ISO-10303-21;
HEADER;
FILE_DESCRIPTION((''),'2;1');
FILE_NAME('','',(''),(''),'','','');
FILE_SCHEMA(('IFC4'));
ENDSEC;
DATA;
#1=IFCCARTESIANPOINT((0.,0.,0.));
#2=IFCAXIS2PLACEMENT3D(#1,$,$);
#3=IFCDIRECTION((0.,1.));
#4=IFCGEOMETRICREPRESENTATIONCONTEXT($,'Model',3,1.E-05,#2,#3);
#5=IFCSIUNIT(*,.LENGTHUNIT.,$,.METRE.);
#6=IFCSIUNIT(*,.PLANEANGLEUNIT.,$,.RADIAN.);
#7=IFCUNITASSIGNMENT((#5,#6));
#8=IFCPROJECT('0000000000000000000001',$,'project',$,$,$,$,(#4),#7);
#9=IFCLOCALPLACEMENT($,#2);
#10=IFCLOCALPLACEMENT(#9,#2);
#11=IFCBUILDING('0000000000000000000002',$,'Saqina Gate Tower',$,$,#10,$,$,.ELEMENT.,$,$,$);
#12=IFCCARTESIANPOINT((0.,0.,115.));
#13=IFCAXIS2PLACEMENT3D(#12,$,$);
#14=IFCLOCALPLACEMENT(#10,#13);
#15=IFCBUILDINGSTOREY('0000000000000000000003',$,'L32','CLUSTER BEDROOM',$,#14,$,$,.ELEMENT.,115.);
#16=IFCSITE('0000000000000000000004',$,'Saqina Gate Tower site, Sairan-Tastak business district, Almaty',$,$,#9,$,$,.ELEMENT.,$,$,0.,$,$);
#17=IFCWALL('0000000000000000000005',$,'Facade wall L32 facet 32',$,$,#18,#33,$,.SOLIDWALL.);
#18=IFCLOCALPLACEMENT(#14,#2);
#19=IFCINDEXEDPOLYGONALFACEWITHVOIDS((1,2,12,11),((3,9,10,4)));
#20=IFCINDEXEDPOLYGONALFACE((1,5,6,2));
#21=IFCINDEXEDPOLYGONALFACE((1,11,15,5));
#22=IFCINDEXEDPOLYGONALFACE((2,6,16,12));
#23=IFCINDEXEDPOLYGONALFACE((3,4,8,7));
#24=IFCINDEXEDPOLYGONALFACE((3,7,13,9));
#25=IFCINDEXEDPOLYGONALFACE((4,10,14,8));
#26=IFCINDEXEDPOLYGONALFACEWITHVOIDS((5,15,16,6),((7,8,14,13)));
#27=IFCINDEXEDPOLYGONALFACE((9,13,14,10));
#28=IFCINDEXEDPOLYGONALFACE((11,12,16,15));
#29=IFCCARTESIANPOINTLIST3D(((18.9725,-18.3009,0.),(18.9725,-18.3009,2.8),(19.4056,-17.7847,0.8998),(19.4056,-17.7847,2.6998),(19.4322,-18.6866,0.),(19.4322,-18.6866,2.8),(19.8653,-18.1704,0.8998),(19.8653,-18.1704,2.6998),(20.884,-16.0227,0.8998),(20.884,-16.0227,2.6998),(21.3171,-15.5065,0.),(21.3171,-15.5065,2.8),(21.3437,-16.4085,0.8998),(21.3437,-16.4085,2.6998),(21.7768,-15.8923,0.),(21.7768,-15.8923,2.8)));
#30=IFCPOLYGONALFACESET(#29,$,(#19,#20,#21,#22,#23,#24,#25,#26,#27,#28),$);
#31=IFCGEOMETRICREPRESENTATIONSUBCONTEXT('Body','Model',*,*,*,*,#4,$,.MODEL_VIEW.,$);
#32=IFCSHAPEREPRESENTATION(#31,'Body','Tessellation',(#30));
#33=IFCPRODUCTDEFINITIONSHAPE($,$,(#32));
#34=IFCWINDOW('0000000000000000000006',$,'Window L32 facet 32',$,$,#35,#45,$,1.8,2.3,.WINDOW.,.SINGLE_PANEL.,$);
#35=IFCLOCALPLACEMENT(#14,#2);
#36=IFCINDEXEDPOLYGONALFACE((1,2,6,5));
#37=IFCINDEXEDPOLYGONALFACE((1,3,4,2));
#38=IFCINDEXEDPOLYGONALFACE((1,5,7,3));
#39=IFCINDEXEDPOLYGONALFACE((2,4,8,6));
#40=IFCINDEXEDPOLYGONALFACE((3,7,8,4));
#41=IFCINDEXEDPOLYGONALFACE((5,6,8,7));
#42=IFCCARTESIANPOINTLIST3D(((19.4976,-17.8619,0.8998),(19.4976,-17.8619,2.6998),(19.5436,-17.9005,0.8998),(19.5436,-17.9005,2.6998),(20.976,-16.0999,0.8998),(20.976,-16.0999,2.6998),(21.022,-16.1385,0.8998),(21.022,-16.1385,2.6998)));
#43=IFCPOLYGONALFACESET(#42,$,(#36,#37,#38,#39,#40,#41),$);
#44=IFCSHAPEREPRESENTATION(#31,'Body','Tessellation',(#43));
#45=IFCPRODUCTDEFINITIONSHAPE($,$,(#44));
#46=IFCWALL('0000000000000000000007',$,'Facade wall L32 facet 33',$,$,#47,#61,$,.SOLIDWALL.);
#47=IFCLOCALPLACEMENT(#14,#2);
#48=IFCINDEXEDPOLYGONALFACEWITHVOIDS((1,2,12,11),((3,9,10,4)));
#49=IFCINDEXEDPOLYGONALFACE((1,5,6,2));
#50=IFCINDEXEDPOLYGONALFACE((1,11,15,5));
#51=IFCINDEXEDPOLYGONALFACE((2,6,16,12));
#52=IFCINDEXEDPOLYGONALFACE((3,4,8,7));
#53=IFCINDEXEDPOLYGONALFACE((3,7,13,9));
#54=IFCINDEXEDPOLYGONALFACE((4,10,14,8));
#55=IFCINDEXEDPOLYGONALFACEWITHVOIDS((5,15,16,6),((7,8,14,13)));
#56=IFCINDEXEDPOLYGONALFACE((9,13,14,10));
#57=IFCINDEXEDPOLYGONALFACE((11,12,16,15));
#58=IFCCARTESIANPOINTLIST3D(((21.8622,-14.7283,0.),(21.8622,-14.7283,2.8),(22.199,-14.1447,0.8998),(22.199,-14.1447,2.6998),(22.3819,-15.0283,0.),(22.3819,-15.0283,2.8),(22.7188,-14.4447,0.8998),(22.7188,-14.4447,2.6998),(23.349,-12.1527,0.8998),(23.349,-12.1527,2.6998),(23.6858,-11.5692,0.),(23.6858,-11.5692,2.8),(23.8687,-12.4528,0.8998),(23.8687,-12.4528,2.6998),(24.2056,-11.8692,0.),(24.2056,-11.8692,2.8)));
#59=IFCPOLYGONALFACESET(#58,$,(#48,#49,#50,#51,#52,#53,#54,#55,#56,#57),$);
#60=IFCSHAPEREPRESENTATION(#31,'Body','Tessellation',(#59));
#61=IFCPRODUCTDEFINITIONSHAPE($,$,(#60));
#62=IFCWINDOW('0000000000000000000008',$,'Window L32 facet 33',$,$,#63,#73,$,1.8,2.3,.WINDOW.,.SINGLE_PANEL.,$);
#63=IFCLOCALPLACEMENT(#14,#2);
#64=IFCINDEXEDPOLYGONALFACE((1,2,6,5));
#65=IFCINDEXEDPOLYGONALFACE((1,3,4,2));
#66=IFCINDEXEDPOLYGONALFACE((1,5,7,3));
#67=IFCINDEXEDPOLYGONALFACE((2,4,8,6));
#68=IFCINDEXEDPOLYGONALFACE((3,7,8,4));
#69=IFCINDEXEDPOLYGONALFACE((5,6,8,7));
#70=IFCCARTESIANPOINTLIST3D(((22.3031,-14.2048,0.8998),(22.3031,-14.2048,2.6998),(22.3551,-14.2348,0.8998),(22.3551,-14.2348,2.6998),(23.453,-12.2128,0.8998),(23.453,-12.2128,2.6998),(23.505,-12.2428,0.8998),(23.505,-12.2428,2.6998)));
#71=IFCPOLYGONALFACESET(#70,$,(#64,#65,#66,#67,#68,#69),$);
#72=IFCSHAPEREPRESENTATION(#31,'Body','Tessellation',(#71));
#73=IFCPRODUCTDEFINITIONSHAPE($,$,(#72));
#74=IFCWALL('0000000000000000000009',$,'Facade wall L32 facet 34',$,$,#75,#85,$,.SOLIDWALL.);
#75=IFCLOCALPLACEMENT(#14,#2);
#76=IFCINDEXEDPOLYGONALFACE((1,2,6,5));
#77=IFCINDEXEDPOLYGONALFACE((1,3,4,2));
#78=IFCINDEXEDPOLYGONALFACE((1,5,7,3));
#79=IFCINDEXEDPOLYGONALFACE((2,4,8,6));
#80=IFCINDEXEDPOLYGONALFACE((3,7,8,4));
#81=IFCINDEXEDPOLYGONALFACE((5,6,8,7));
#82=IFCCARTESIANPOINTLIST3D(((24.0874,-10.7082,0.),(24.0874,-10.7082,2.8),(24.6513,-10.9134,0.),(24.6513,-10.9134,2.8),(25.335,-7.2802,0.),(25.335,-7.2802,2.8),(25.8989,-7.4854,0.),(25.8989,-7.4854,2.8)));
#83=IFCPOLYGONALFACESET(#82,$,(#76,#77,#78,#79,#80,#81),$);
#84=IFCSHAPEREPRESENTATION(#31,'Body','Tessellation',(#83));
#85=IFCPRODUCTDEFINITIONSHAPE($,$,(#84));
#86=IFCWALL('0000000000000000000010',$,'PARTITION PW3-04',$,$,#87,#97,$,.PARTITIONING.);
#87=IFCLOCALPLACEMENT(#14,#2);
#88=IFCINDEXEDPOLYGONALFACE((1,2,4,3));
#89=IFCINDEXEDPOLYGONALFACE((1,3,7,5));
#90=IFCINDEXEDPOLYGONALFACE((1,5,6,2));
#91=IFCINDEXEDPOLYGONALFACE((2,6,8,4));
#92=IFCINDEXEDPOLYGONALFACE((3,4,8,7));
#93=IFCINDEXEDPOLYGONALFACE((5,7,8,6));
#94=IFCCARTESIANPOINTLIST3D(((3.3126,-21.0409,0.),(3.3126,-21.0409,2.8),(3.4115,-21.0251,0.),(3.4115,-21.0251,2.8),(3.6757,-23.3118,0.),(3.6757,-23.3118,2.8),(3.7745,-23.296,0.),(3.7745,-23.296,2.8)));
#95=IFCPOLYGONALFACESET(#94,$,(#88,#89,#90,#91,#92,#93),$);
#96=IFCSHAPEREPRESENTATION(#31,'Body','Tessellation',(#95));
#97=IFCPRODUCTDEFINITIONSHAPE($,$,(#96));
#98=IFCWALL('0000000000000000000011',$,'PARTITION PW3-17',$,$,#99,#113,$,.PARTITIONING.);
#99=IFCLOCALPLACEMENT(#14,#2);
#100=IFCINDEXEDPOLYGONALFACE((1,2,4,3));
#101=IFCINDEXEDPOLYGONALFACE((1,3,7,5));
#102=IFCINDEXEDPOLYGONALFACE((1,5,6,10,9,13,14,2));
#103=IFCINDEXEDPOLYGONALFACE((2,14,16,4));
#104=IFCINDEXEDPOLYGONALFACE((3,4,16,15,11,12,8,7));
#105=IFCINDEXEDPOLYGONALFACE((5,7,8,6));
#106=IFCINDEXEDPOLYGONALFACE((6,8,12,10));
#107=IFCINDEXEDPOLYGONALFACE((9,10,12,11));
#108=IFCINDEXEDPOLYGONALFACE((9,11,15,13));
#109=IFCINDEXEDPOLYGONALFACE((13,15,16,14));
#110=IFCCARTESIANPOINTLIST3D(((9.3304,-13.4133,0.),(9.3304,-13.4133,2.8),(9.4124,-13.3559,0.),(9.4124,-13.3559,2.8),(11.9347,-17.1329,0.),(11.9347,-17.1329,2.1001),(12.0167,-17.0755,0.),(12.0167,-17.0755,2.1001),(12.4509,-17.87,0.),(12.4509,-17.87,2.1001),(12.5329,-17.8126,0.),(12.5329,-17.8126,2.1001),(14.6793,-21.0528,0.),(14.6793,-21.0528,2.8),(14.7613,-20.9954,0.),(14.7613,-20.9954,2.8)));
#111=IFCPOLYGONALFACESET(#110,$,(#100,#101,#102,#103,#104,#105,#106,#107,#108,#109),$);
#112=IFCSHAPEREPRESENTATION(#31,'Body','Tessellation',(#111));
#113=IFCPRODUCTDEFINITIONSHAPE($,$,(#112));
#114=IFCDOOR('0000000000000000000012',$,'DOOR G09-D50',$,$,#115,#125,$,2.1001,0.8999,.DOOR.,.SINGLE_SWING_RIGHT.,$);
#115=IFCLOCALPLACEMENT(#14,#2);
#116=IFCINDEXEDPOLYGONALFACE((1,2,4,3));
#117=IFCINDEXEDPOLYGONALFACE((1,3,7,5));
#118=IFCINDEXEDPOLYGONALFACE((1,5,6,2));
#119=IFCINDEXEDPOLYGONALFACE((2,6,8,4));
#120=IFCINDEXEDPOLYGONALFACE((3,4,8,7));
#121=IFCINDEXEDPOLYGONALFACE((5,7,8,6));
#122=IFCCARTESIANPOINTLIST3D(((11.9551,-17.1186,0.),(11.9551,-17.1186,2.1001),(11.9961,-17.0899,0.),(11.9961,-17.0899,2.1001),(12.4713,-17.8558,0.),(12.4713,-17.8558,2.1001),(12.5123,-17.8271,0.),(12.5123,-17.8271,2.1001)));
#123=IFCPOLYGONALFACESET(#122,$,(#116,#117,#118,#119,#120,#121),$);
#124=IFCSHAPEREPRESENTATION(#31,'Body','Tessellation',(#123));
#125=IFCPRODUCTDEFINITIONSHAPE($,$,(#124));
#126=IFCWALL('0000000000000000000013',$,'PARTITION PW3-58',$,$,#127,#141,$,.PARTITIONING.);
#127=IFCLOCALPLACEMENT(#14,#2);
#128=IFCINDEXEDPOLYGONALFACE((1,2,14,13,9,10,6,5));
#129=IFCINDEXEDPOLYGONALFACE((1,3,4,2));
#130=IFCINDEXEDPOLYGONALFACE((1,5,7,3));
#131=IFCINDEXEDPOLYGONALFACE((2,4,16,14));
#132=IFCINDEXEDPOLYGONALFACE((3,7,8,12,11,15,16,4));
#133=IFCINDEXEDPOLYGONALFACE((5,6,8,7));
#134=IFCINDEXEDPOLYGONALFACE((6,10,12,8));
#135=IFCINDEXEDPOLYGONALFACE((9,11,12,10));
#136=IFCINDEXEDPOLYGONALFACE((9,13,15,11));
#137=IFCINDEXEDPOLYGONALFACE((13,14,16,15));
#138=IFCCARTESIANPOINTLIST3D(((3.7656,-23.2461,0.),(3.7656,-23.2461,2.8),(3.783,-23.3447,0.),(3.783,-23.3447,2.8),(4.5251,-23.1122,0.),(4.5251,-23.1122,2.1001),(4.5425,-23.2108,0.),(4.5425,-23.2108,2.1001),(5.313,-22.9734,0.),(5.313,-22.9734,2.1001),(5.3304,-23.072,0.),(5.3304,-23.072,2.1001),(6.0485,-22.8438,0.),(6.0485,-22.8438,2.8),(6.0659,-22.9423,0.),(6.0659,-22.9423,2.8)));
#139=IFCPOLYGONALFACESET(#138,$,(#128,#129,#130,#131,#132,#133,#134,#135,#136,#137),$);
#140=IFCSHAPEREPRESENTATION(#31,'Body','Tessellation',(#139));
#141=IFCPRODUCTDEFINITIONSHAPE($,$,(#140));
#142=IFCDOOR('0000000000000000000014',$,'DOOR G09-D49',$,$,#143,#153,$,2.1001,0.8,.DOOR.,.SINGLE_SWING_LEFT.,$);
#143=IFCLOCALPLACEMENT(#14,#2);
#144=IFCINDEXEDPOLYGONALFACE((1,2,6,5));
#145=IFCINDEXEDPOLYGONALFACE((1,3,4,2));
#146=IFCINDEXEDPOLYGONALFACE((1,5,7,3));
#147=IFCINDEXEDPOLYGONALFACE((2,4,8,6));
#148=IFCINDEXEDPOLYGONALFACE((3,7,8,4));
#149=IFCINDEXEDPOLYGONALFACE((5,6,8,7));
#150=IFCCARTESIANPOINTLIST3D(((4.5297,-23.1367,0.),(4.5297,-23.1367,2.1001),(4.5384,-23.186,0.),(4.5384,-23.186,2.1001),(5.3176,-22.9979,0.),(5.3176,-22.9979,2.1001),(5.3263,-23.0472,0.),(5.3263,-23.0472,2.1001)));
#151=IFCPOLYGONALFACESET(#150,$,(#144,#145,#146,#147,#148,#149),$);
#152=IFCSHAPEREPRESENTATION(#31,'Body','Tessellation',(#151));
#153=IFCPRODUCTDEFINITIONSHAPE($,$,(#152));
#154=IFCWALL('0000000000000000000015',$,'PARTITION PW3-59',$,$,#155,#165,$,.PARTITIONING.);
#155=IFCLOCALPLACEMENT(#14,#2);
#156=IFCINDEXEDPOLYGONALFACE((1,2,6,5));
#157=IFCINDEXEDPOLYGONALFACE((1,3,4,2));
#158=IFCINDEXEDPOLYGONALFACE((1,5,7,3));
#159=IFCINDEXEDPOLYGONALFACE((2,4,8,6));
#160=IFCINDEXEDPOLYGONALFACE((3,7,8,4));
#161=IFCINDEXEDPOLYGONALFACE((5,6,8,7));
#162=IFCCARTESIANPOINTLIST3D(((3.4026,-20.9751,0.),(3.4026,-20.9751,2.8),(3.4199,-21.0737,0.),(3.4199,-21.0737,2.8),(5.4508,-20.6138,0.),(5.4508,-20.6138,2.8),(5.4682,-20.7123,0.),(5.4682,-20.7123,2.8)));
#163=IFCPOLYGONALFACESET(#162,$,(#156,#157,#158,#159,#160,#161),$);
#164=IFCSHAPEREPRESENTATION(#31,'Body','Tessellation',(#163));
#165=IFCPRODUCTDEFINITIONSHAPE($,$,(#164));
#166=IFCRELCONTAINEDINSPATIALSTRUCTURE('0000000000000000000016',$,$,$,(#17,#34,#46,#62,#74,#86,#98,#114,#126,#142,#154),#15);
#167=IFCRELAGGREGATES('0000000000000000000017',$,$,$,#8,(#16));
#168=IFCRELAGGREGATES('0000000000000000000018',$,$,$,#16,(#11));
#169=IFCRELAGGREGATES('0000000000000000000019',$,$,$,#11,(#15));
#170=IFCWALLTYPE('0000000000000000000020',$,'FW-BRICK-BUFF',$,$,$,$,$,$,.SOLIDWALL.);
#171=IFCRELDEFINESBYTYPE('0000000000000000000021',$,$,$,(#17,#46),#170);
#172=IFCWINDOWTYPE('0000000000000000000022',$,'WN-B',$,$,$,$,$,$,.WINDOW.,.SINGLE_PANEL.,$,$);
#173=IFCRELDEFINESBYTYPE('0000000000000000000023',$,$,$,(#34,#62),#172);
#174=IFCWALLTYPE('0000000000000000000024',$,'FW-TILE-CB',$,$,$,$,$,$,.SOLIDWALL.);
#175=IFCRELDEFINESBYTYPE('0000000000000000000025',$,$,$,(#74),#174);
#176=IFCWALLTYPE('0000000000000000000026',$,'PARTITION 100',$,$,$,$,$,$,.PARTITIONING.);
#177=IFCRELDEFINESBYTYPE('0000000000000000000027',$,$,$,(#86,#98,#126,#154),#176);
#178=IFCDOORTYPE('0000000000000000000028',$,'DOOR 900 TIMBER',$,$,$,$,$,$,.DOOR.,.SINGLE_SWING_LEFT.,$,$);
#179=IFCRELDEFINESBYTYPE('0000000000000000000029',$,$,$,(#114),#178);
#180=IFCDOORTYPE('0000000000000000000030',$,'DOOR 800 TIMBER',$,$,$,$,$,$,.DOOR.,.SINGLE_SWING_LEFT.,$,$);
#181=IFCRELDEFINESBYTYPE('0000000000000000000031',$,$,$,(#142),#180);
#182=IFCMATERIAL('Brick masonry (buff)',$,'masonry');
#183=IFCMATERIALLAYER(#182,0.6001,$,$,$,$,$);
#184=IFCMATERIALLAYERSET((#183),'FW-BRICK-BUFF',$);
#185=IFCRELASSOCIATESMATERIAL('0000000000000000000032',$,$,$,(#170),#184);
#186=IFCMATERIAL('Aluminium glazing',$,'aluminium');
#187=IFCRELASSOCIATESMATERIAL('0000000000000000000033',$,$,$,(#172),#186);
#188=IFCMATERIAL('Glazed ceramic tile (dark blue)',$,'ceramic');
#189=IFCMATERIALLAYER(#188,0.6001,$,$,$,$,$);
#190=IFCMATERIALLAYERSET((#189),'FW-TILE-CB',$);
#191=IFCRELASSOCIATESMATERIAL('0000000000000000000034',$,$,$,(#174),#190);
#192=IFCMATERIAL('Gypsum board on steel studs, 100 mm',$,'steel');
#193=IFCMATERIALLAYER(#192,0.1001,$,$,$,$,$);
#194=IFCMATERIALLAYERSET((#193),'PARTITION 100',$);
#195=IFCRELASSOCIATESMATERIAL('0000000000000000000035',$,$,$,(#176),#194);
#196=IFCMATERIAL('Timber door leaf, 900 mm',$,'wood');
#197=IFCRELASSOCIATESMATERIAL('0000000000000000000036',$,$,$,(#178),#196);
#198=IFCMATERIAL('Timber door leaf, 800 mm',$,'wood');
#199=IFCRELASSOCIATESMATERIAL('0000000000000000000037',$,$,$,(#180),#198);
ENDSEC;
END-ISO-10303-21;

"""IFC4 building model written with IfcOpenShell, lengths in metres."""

from ifc_helpers import new_model, si_unit, direction, frame, frame_2d, origin, place, context, subcontext, project, spatial, rectangle, extrude, material, layer, layer_set, type_object, element, fill, save


model = new_model("IFC4")

# Units and contexts
model_context = context("Model", 3, precision=1e-05, world=origin(), true_north=direction((0.0, 1.0)))
body_context = subcontext(model_context, "Body", "Model", "MODEL_VIEW")
ifc_project = project(units=[si_unit("LENGTHUNIT", "METRE"), si_unit("PLANEANGLEUNIT", "RADIAN")], contexts=[model_context])

# Site, building, storey
site_placement = place(None, origin())
site = spatial("IfcSite", under=ifc_project, at=site_placement, Name="Saqina Gate Tower site, Sairan-Tastak business district, Almaty", CompositionType="ELEMENT", RefElevation=0.0)
building_placement = place(site_placement, origin())
building = spatial("IfcBuilding", under=site, at=building_placement, Name="Saqina Gate Tower", CompositionType="ELEMENT")
storey_placement = place(building_placement, frame((0.0, 0.0, 115.0)))
storey = spatial("IfcBuildingStorey", under=building, at=storey_placement, Name="L32", Description="CLUSTER BEDROOM", CompositionType="ELEMENT", Elevation=115.0)

# Walls, openings, windows
ifc_material_1 = material(Name="Brick masonry (buff)", Category="masonry")
ifc_layer_1 = layer(ifc_material_1, 0.6001)
ifc_layer_set_1 = layer_set([ifc_layer_1], Name="FW-BRICK-BUFF")
wall_type_1 = type_object("IfcWallType", Name="FW-BRICK-BUFF", PredefinedType="SOLIDWALL", material=ifc_layer_set_1)
ifc_material_2 = material(Name="Aluminium glazing", Category="aluminium")
window_type = type_object("IfcWindowType", Name="WN-B", PartitioningType="SINGLE_PANEL", PredefinedType="WINDOW", material=ifc_material_2)
wall_1_placement = place(storey_placement, frame((19.2024, -18.4937, 0.0), z_axis=(0.0, 0.0, 1.0), x_axis=(0.642774, 0.766055, 0.0)))
wall_1 = element("IfcWall", 1, at=wall_1_placement, inside=storey, type_object=wall_type_1, Name="Facade wall L32 facet 32", PredefinedType="SOLIDWALL", context=body_context, shape_type="SweptSolid", body=[
    extrude(rectangle(XDim=3.6477, YDim=0.6001, at=frame_2d((1.8237, 0.0))), origin(), (0.0, 0.0, 1.0), 2.8),
])
opening_1_placement = place(wall_1_placement, frame((0.6738, 0.0, 0.8999)))
opening_1 = element("IfcOpeningElement", 2, at=opening_1_placement, cuts=wall_1, PredefinedType="OPENING", context=body_context, shape_type="SweptSolid", body=[
    extrude(rectangle(XDim=2.3, YDim=1.8, at=frame_2d((1.1499, 0.8999))), frame((0.0, 0.312, 0.0), z_axis=(0.0, -1.0, 0.0), x_axis=(1.0, 0.0, 0.0)), (0.0, 0.0, 1.0), 0.624),
])
window_1_placement = place(opening_1_placement, origin())
window_1 = element("IfcWindow", 3, at=window_1_placement, inside=storey, type_object=window_type, Name="Window L32 facet 32", OverallHeight=1.8, OverallWidth=2.3, PartitioningType="SINGLE_PANEL", PredefinedType="WINDOW", context=body_context, shape_type="SweptSolid", body=[
    extrude(rectangle(XDim=2.3, YDim=1.8, at=frame_2d((1.1499, 0.8999))), frame((0.0, 0.1799, 0.0), z_axis=(0.0, -1.0, 0.0), x_axis=(1.0, 0.0, 0.0)), (0.0, 0.0, 1.0), 0.0601),
])
fill(opening_1, window_1)
wall_2_placement = place(storey_placement, frame((22.1221, -14.8782, 0.0), z_axis=(0.0, 0.0, 1.0), x_axis=(0.499954, 0.866052, 0.0)))
wall_2 = element("IfcWall", 4, at=wall_2_placement, inside=storey, type_object=wall_type_1, Name="Facade wall L32 facet 33", PredefinedType="SOLIDWALL", context=body_context, shape_type="SweptSolid", body=[
    extrude(rectangle(XDim=3.6477, YDim=0.6001, at=frame_2d((1.8237, 0.0))), origin(), (0.0, 0.0, 1.0), 2.8),
])
opening_2_placement = place(wall_2_placement, frame((0.6738, 0.0, 0.8999)))
opening_2 = element("IfcOpeningElement", 5, at=opening_2_placement, cuts=wall_2, PredefinedType="OPENING", context=body_context, shape_type="SweptSolid", body=[
    extrude(rectangle(XDim=2.3, YDim=1.8, at=frame_2d((1.1499, 0.8999))), frame((0.0, 0.312, 0.0), z_axis=(0.0, -1.0, 0.0), x_axis=(1.0, 0.0, 0.0)), (0.0, 0.0, 1.0), 0.624),
])
window_2_placement = place(opening_2_placement, origin())
window_2 = element("IfcWindow", 6, at=window_2_placement, inside=storey, type_object=window_type, Name="Window L32 facet 33", OverallHeight=1.8, OverallWidth=2.3, PartitioningType="SINGLE_PANEL", PredefinedType="WINDOW", context=body_context, shape_type="SweptSolid", body=[
    extrude(rectangle(XDim=2.3, YDim=1.8, at=frame_2d((1.1499, 0.8999))), frame((0.0, 0.1799, 0.0), z_axis=(0.0, -1.0, 0.0), x_axis=(1.0, 0.0, 0.0)), (0.0, 0.0, 1.0), 0.0601),
])
fill(opening_2, window_2)

# Walls
ifc_material_3 = material(Name="Glazed ceramic tile (dark blue)", Category="ceramic")
ifc_layer_2 = layer(ifc_material_3, 0.6001)
ifc_layer_set_2 = layer_set([ifc_layer_2], Name="FW-TILE-CB")
wall_type_2 = type_object("IfcWallType", Name="FW-TILE-CB", PredefinedType="SOLIDWALL", material=ifc_layer_set_2)
wall_3_placement = place(storey_placement, frame((24.3694, -10.8108, 0.0), z_axis=(0.0, 0.0, 1.0), x_axis=(0.34199, 0.939704, 0.0)))
element("IfcWall", 7, at=wall_3_placement, inside=storey, type_object=wall_type_2, Name="Facade wall L32 facet 34", PredefinedType="SOLIDWALL", context=body_context, shape_type="SweptSolid", body=[
    extrude(rectangle(XDim=3.6479, YDim=0.6001, at=frame_2d((1.824, 0.0))), origin(), (0.0, 0.0, 1.0), 2.8),
])
ifc_material_4 = material(Name="Gypsum board on steel studs, 100 mm", Category="steel")
ifc_layer_3 = layer(ifc_material_4, 0.1001)
ifc_layer_set_3 = layer_set([ifc_layer_3], Name="PARTITION 100")
wall_type_3 = type_object("IfcWallType", Name="PARTITION 100", PredefinedType="PARTITIONING", material=ifc_layer_set_3)
wall_4_placement = place(storey_placement, frame((3.3621, -21.033, 0.0), z_axis=(0.0, 0.0, 1.0), x_axis=(0.157854, -0.987462, 0.0)))
element("IfcWall", 8, at=wall_4_placement, inside=storey, type_object=wall_type_3, Name="PARTITION PW3-04", PredefinedType="PARTITIONING", context=body_context, shape_type="SweptSolid", body=[
    extrude(rectangle(XDim=2.2998, YDim=0.1001, at=frame_2d((1.1499, 0.0))), origin(), (0.0, 0.0, 1.0), 2.8),
])

# Walls, openings, doors
wall_5_placement = place(storey_placement, frame((9.3713, -13.3845, 0.0), z_axis=(0.0, 0.0, 1.0), x_axis=(0.573555, -0.819167, 0.0)))
wall_5 = element("IfcWall", 9, at=wall_5_placement, inside=storey, type_object=wall_type_3, Name="PARTITION PW3-17", PredefinedType="PARTITIONING", context=body_context, shape_type="SweptSolid", body=[
    extrude(rectangle(XDim=9.3259, YDim=0.1001, at=frame_2d((4.6631, 0.0))), origin(), (0.0, 0.0, 1.0), 2.8),
])
opening_3_placement = place(wall_5_placement, frame((4.5408, 0.0, 0.0)))
opening_3 = element("IfcOpeningElement", 10, at=opening_3_placement, cuts=wall_5, PredefinedType="OPENING", context=body_context, shape_type="SweptSolid", body=[
    extrude(rectangle(XDim=0.8999, YDim=2.1001, at=frame_2d((0.45, 1.05))), frame((0.0, 0.062, 0.0), z_axis=(0.0, -1.0, 0.0), x_axis=(1.0, 0.0, 0.0)), (0.0, 0.0, 1.0), 0.124),
])
ifc_material_5 = material(Name="Timber door leaf, 900 mm", Category="wood")
door_type_1 = type_object("IfcDoorType", Name="DOOR 900 TIMBER", OperationType="SINGLE_SWING_LEFT", PredefinedType="DOOR", material=ifc_material_5)
door_1_placement = place(opening_3_placement, origin())
door_1 = element("IfcDoor", 11, at=door_1_placement, inside=storey, type_object=door_type_1, Name="DOOR G09-D50", OperationType="SINGLE_SWING_RIGHT", OverallHeight=2.1001, OverallWidth=0.8999, PredefinedType="DOOR", context=body_context, shape_type="SweptSolid", body=[
    extrude(rectangle(XDim=0.8999, YDim=2.1001, at=frame_2d((0.45, 1.05))), frame((0.0, 0.0249, 0.0), z_axis=(0.0, -1.0, 0.0), x_axis=(1.0, 0.0, 0.0)), (0.0, 0.0, 1.0), 0.05),
])
fill(opening_3, door_1)
wall_6_placement = place(storey_placement, frame((3.7742, -23.2954, 0.0), z_axis=(0.0, 0.0, 1.0), x_axis=(0.984823, 0.173563, 0.0)))
wall_6 = element("IfcWall", 12, at=wall_6_placement, inside=storey, type_object=wall_type_3, Name="PARTITION PW3-58", PredefinedType="PARTITIONING", context=body_context, shape_type="SweptSolid", body=[
    extrude(rectangle(XDim=2.3181, YDim=0.1001, at=frame_2d((1.1592, 0.0))), origin(), (0.0, 0.0, 1.0), 2.8),
])
opening_4_placement = place(wall_6_placement, frame((0.7715, 0.0, 0.0)))
opening_4 = element("IfcOpeningElement", 13, at=opening_4_placement, cuts=wall_6, PredefinedType="OPENING", context=body_context, shape_type="SweptSolid", body=[
    extrude(rectangle(XDim=0.8, YDim=2.1001, at=frame_2d((0.3999, 1.05))), frame((0.0, 0.062, 0.0), z_axis=(0.0, -1.0, 0.0), x_axis=(1.0, 0.0, 0.0)), (0.0, 0.0, 1.0), 0.124),
])
ifc_material_6 = material(Name="Timber door leaf, 800 mm", Category="wood")
door_type_2 = type_object("IfcDoorType", Name="DOOR 800 TIMBER", OperationType="SINGLE_SWING_LEFT", PredefinedType="DOOR", material=ifc_material_6)
door_2_placement = place(opening_4_placement, frame((0.8, 0.0, 0.0), z_axis=(0.0, 0.0, 1.0), x_axis=(-1.0, 0.0, 0.0)))
door_2 = element("IfcDoor", 14, at=door_2_placement, inside=storey, type_object=door_type_2, Name="DOOR G09-D49", OperationType="SINGLE_SWING_LEFT", OverallHeight=2.1001, OverallWidth=0.8, PredefinedType="DOOR", context=body_context, shape_type="SweptSolid", body=[
    extrude(rectangle(XDim=0.8, YDim=2.1001, at=frame_2d((0.3999, 1.05))), frame((0.0, 0.0249, 0.0), z_axis=(0.0, -1.0, 0.0), x_axis=(1.0, 0.0, 0.0)), (0.0, 0.0, 1.0), 0.05),
])
fill(opening_4, door_2)

# Wall
wall_7_placement = place(storey_placement, frame((3.4111, -21.0244, 0.0), z_axis=(0.0, 0.0, 1.0), x_axis=(0.984792, 0.173738, 0.0)))
element("IfcWall", 15, at=wall_7_placement, inside=storey, type_object=wall_type_3, Name="PARTITION PW3-59", PredefinedType="PARTITIONING", context=body_context, shape_type="SweptSolid", body=[
    extrude(rectangle(XDim=2.0798, YDim=0.1001, at=frame_2d((1.04, 0.0))), origin(), (0.0, 0.0, 1.0), 2.8),
])

save(model, "model.ifc")
